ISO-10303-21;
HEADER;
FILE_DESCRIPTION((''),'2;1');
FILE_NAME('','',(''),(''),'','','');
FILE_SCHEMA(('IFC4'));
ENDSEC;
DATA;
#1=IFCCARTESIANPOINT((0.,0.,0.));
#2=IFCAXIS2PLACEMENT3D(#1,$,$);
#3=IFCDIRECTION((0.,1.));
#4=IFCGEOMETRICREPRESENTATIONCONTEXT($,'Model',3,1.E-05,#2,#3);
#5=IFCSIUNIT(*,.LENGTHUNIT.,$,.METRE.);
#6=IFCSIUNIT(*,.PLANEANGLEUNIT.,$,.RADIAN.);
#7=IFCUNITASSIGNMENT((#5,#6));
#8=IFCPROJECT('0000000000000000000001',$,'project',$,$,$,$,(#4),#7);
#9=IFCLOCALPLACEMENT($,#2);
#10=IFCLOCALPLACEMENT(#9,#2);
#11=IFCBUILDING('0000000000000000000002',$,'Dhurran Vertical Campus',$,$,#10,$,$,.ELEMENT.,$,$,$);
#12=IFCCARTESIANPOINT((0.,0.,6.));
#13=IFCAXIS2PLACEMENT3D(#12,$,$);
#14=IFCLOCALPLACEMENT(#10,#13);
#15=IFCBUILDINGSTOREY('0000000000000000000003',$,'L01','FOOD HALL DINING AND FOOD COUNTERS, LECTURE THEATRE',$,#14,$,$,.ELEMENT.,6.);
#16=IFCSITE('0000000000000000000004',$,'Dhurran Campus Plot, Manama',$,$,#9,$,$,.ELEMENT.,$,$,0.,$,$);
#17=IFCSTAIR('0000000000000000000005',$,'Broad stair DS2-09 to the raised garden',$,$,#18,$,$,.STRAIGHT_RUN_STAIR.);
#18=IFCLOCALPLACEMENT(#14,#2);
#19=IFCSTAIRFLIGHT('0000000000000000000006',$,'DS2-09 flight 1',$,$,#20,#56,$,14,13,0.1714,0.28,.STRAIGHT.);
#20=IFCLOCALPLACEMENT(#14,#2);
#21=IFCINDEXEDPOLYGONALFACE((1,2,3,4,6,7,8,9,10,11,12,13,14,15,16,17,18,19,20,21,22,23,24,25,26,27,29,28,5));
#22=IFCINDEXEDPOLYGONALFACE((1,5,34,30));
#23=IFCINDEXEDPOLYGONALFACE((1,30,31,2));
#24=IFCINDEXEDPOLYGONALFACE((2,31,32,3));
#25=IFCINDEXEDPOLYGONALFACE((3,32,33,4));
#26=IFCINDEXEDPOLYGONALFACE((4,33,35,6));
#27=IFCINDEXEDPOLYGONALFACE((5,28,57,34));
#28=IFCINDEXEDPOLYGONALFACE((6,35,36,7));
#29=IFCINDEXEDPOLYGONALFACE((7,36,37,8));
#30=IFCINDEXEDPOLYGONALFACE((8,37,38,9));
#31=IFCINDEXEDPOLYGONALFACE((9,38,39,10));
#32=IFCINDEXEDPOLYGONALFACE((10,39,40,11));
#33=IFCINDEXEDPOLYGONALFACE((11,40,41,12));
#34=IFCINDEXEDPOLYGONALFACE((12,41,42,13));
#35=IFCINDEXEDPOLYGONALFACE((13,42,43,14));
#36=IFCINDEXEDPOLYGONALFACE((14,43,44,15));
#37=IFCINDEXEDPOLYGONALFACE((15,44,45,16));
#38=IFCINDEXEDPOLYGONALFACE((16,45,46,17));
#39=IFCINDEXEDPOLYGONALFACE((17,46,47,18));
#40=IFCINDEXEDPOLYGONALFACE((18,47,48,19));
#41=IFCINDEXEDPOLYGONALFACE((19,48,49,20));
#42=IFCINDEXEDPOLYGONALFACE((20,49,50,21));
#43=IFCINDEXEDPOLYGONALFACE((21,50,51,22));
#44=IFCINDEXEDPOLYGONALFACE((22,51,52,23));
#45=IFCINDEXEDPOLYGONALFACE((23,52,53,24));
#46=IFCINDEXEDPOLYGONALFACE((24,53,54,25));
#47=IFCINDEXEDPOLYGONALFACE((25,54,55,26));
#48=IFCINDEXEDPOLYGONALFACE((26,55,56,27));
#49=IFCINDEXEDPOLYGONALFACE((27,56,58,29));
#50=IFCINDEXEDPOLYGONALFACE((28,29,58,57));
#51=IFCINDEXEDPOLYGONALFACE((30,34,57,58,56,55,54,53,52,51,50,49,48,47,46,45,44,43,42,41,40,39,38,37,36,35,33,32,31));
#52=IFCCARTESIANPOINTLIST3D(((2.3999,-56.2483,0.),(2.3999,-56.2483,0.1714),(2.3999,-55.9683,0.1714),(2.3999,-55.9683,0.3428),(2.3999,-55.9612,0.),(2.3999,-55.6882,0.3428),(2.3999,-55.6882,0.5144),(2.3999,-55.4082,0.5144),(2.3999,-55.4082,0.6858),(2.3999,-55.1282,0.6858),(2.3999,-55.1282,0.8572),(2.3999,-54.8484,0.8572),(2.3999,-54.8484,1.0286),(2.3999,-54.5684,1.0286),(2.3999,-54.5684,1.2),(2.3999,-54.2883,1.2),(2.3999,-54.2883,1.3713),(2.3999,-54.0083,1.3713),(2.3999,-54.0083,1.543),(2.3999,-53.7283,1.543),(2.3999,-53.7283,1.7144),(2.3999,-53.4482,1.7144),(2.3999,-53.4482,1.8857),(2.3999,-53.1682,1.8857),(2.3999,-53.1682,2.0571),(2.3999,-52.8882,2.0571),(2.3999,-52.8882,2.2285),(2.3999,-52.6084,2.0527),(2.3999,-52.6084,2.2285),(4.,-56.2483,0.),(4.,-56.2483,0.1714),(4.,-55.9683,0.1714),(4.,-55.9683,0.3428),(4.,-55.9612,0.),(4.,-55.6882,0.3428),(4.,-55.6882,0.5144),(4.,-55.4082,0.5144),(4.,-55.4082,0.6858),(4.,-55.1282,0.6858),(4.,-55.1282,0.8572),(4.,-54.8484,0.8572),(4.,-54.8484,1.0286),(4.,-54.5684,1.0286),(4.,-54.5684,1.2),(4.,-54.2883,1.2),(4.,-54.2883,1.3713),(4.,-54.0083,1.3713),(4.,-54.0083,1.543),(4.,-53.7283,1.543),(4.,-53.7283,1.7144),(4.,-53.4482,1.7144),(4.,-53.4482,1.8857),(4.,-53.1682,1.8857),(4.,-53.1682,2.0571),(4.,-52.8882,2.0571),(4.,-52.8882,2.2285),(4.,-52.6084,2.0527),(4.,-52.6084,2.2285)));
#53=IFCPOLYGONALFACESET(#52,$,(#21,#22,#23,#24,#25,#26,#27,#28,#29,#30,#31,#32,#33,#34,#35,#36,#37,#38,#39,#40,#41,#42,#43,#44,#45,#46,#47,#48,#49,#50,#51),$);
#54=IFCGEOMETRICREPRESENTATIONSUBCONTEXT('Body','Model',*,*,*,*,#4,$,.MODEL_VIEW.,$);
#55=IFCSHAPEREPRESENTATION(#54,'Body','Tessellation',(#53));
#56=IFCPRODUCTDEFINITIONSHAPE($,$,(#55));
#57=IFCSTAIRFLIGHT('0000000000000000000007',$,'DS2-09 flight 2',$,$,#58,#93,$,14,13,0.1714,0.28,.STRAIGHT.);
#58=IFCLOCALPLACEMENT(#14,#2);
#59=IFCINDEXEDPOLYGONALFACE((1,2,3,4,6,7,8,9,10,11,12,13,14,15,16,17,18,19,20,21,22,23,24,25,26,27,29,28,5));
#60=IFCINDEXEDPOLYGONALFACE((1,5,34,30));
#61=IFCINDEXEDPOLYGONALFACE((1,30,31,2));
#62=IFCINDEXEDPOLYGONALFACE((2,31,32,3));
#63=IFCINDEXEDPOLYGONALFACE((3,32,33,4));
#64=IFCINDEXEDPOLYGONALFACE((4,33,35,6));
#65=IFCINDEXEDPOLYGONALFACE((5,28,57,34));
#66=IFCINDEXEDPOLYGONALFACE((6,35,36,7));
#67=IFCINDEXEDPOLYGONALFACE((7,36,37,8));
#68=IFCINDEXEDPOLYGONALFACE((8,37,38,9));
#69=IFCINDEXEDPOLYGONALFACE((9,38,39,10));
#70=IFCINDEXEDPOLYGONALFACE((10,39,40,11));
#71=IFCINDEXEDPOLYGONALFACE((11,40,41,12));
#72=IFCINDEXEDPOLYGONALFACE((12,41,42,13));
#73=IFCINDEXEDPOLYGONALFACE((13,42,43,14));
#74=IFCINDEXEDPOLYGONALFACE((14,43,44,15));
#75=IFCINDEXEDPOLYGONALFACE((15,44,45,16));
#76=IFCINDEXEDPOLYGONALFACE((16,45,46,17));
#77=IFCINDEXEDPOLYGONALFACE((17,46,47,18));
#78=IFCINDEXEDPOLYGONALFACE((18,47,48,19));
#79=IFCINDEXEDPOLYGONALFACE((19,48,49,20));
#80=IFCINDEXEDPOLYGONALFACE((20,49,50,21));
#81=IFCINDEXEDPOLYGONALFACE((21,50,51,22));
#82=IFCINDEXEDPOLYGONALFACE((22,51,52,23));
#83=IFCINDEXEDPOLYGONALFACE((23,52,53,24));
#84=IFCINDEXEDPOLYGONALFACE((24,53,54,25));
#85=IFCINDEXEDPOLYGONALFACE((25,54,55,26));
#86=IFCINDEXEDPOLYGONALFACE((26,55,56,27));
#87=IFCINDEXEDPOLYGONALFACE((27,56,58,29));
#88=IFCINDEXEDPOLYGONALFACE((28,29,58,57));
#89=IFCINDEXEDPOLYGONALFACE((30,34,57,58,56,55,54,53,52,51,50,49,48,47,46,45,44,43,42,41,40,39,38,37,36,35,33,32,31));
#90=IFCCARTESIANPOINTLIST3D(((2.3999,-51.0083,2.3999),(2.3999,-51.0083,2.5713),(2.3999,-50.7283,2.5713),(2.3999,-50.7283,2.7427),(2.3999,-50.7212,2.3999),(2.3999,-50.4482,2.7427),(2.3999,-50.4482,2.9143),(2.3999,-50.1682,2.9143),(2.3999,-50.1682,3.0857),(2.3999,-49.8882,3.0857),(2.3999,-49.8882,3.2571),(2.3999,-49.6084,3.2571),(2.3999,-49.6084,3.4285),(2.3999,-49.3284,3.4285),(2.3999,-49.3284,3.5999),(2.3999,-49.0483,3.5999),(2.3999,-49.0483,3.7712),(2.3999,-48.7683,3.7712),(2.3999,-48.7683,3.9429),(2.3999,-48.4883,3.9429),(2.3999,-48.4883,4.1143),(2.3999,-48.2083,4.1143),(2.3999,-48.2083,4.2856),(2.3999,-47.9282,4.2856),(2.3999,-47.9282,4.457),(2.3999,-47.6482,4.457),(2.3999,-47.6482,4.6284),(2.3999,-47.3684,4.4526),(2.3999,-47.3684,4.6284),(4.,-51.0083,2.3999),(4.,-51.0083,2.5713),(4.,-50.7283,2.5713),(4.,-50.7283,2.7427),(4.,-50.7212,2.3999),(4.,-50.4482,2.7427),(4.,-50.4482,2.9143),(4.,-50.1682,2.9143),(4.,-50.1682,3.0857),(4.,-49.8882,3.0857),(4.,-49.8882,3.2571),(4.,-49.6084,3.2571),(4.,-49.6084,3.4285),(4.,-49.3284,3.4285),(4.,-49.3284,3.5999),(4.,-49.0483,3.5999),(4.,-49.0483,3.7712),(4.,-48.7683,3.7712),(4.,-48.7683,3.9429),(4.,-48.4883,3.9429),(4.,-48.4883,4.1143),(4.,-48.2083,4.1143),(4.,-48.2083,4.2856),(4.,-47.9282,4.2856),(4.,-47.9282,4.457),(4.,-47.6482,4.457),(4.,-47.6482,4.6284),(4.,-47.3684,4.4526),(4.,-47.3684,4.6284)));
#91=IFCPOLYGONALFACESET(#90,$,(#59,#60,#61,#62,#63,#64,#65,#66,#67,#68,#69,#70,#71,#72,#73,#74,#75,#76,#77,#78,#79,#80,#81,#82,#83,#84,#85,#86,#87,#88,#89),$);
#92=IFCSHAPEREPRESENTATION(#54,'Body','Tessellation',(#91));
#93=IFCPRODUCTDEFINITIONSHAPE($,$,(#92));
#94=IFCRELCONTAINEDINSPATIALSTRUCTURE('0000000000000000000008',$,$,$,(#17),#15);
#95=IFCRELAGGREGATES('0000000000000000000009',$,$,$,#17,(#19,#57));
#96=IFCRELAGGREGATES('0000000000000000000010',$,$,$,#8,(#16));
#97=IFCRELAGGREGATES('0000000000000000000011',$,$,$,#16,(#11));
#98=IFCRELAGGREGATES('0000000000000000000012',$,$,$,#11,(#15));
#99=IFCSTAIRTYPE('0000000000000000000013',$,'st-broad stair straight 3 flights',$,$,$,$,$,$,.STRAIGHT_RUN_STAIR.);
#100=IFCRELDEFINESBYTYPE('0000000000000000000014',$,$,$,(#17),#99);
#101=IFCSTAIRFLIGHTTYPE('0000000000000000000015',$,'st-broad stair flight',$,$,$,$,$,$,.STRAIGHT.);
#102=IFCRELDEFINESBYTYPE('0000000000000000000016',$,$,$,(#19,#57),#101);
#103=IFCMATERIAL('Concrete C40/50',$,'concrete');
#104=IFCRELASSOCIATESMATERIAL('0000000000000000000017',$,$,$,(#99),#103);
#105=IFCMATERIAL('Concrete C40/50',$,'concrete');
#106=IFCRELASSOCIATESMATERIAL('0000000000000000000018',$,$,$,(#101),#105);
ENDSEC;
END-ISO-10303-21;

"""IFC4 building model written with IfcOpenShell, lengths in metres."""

from ifc_helpers import new_model, si_unit, direction, frame, origin, place, context, subcontext, project, spatial, polyline, outline, extrude, material, type_object, element, aggregate, save


model = new_model("IFC4")

# Units and contexts
model_context = context("Model", 3, precision=1e-05, world=origin(), true_north=direction((0.0, 1.0)))
body_context = subcontext(model_context, "Body", "Model", "MODEL_VIEW")
ifc_project = project(units=[si_unit("LENGTHUNIT", "METRE"), si_unit("PLANEANGLEUNIT", "RADIAN")], contexts=[model_context])

# Site, building, storey
site_placement = place(None, origin())
site = spatial("IfcSite", under=ifc_project, at=site_placement, Name="Dhurran Campus Plot, Manama", CompositionType="ELEMENT", RefElevation=0.0)
building_placement = place(site_placement, origin())
building = spatial("IfcBuilding", under=site, at=building_placement, Name="Dhurran Vertical Campus", CompositionType="ELEMENT")
storey_placement = place(building_placement, frame((0.0, 0.0, 6.0)))
storey = spatial("IfcBuildingStorey", under=building, at=storey_placement, Name="L01", Description="FOOD HALL DINING AND FOOD COUNTERS, LECTURE THEATRE", CompositionType="ELEMENT", Elevation=6.0)

# Stair, stair flights
ifc_material_1 = material(Name="Concrete C40/50", Category="concrete")
stair_type = type_object("IfcStairType", Name="st-broad stair straight 3 flights", PredefinedType="STRAIGHT_RUN_STAIR", material=ifc_material_1)
ifc_material_2 = material(Name="Concrete C40/50", Category="concrete")
stair_flight_type = type_object("IfcStairFlightType", Name="st-broad stair flight", PredefinedType="STRAIGHT", material=ifc_material_2)
stair_1_placement = place(storey_placement, origin())
stair_1 = element("IfcStair", 1, at=stair_1_placement, inside=storey, type_object=stair_type, Name="Broad stair DS2-09 to the raised garden", PredefinedType="STRAIGHT_RUN_STAIR")
stair_flight_1_placement = place(storey_placement, frame((3.2, -56.2483, 0.0), z_axis=(0.0, 0.0, 1.0), x_axis=(0.0, 1.0, 0.0)))
stair_flight_1 = element("IfcStairFlight", 2, at=stair_flight_1_placement, type_object=stair_flight_type, Name="DS2-09 flight 1", NumberOfRisers=14, NumberOfTreads=13, PredefinedType="STRAIGHT", RiserHeight=0.1714, TreadLength=0.28, context=body_context, shape_type="SweptSolid", body=[
    extrude(outline(polyline([(0.0, 0.0), (0.0, 0.1714), (0.28, 0.1714), (0.28, 0.3428), (0.5601, 0.3428), (0.5601, 0.5144), (0.8401, 0.5144), (0.8401, 0.6858), (1.1201, 0.6858), (1.1201, 0.8572), (1.3999, 0.8572), (1.3999, 1.0286), (1.6799, 1.0286), (1.6799, 1.2), (1.96, 1.2), (1.96, 1.3713), (2.24, 1.3713), (2.24, 1.543), (2.52, 1.543), (2.52, 1.7144), (2.8, 1.7144), (2.8, 1.8857), (3.0801, 1.8857), (3.0801, 2.0571), (3.3601, 2.0571), (3.3601, 2.2285), (3.6399, 2.2285), (3.6399, 2.3999), (3.6399, 2.0527), (0.2871, 0.0), (0.0, 0.0)])), frame((0.0, 0.8, 0.0), z_axis=(0.0, -1.0, 0.0), x_axis=(1.0, 0.0, 0.0)), (0.0, 0.0, 1.0), 1.6001),
])
stair_flight_2_placement = place(storey_placement, frame((3.2, -51.0083, 2.3999), z_axis=(0.0, 0.0, 1.0), x_axis=(0.0, 1.0, 0.0)))
stair_flight_2 = element("IfcStairFlight", 3, at=stair_flight_2_placement, type_object=stair_flight_type, Name="DS2-09 flight 2", NumberOfRisers=14, NumberOfTreads=13, PredefinedType="STRAIGHT", RiserHeight=0.1714, TreadLength=0.28, context=body_context, shape_type="SweptSolid", body=[
    extrude(outline(polyline([(0.0, 0.0), (0.0, 0.1714), (0.28, 0.1714), (0.28, 0.3428), (0.5601, 0.3428), (0.5601, 0.5144), (0.8401, 0.5144), (0.8401, 0.6858), (1.1201, 0.6858), (1.1201, 0.8572), (1.3999, 0.8572), (1.3999, 1.0286), (1.6799, 1.0286), (1.6799, 1.2), (1.96, 1.2), (1.96, 1.3713), (2.24, 1.3713), (2.24, 1.543), (2.52, 1.543), (2.52, 1.7144), (2.8, 1.7144), (2.8, 1.8857), (3.0801, 1.8857), (3.0801, 2.0571), (3.3601, 2.0571), (3.3601, 2.2285), (3.6399, 2.2285), (3.6399, 2.3999), (3.6399, 2.0527), (0.2871, 0.0), (0.0, 0.0)])), frame((0.0, 0.8, 0.0), z_axis=(0.0, -1.0, 0.0), x_axis=(1.0, 0.0, 0.0)), (0.0, 0.0, 1.0), 1.6001),
])
aggregate(stair_1, [stair_flight_1, stair_flight_2])

save(model, "model.ifc")
